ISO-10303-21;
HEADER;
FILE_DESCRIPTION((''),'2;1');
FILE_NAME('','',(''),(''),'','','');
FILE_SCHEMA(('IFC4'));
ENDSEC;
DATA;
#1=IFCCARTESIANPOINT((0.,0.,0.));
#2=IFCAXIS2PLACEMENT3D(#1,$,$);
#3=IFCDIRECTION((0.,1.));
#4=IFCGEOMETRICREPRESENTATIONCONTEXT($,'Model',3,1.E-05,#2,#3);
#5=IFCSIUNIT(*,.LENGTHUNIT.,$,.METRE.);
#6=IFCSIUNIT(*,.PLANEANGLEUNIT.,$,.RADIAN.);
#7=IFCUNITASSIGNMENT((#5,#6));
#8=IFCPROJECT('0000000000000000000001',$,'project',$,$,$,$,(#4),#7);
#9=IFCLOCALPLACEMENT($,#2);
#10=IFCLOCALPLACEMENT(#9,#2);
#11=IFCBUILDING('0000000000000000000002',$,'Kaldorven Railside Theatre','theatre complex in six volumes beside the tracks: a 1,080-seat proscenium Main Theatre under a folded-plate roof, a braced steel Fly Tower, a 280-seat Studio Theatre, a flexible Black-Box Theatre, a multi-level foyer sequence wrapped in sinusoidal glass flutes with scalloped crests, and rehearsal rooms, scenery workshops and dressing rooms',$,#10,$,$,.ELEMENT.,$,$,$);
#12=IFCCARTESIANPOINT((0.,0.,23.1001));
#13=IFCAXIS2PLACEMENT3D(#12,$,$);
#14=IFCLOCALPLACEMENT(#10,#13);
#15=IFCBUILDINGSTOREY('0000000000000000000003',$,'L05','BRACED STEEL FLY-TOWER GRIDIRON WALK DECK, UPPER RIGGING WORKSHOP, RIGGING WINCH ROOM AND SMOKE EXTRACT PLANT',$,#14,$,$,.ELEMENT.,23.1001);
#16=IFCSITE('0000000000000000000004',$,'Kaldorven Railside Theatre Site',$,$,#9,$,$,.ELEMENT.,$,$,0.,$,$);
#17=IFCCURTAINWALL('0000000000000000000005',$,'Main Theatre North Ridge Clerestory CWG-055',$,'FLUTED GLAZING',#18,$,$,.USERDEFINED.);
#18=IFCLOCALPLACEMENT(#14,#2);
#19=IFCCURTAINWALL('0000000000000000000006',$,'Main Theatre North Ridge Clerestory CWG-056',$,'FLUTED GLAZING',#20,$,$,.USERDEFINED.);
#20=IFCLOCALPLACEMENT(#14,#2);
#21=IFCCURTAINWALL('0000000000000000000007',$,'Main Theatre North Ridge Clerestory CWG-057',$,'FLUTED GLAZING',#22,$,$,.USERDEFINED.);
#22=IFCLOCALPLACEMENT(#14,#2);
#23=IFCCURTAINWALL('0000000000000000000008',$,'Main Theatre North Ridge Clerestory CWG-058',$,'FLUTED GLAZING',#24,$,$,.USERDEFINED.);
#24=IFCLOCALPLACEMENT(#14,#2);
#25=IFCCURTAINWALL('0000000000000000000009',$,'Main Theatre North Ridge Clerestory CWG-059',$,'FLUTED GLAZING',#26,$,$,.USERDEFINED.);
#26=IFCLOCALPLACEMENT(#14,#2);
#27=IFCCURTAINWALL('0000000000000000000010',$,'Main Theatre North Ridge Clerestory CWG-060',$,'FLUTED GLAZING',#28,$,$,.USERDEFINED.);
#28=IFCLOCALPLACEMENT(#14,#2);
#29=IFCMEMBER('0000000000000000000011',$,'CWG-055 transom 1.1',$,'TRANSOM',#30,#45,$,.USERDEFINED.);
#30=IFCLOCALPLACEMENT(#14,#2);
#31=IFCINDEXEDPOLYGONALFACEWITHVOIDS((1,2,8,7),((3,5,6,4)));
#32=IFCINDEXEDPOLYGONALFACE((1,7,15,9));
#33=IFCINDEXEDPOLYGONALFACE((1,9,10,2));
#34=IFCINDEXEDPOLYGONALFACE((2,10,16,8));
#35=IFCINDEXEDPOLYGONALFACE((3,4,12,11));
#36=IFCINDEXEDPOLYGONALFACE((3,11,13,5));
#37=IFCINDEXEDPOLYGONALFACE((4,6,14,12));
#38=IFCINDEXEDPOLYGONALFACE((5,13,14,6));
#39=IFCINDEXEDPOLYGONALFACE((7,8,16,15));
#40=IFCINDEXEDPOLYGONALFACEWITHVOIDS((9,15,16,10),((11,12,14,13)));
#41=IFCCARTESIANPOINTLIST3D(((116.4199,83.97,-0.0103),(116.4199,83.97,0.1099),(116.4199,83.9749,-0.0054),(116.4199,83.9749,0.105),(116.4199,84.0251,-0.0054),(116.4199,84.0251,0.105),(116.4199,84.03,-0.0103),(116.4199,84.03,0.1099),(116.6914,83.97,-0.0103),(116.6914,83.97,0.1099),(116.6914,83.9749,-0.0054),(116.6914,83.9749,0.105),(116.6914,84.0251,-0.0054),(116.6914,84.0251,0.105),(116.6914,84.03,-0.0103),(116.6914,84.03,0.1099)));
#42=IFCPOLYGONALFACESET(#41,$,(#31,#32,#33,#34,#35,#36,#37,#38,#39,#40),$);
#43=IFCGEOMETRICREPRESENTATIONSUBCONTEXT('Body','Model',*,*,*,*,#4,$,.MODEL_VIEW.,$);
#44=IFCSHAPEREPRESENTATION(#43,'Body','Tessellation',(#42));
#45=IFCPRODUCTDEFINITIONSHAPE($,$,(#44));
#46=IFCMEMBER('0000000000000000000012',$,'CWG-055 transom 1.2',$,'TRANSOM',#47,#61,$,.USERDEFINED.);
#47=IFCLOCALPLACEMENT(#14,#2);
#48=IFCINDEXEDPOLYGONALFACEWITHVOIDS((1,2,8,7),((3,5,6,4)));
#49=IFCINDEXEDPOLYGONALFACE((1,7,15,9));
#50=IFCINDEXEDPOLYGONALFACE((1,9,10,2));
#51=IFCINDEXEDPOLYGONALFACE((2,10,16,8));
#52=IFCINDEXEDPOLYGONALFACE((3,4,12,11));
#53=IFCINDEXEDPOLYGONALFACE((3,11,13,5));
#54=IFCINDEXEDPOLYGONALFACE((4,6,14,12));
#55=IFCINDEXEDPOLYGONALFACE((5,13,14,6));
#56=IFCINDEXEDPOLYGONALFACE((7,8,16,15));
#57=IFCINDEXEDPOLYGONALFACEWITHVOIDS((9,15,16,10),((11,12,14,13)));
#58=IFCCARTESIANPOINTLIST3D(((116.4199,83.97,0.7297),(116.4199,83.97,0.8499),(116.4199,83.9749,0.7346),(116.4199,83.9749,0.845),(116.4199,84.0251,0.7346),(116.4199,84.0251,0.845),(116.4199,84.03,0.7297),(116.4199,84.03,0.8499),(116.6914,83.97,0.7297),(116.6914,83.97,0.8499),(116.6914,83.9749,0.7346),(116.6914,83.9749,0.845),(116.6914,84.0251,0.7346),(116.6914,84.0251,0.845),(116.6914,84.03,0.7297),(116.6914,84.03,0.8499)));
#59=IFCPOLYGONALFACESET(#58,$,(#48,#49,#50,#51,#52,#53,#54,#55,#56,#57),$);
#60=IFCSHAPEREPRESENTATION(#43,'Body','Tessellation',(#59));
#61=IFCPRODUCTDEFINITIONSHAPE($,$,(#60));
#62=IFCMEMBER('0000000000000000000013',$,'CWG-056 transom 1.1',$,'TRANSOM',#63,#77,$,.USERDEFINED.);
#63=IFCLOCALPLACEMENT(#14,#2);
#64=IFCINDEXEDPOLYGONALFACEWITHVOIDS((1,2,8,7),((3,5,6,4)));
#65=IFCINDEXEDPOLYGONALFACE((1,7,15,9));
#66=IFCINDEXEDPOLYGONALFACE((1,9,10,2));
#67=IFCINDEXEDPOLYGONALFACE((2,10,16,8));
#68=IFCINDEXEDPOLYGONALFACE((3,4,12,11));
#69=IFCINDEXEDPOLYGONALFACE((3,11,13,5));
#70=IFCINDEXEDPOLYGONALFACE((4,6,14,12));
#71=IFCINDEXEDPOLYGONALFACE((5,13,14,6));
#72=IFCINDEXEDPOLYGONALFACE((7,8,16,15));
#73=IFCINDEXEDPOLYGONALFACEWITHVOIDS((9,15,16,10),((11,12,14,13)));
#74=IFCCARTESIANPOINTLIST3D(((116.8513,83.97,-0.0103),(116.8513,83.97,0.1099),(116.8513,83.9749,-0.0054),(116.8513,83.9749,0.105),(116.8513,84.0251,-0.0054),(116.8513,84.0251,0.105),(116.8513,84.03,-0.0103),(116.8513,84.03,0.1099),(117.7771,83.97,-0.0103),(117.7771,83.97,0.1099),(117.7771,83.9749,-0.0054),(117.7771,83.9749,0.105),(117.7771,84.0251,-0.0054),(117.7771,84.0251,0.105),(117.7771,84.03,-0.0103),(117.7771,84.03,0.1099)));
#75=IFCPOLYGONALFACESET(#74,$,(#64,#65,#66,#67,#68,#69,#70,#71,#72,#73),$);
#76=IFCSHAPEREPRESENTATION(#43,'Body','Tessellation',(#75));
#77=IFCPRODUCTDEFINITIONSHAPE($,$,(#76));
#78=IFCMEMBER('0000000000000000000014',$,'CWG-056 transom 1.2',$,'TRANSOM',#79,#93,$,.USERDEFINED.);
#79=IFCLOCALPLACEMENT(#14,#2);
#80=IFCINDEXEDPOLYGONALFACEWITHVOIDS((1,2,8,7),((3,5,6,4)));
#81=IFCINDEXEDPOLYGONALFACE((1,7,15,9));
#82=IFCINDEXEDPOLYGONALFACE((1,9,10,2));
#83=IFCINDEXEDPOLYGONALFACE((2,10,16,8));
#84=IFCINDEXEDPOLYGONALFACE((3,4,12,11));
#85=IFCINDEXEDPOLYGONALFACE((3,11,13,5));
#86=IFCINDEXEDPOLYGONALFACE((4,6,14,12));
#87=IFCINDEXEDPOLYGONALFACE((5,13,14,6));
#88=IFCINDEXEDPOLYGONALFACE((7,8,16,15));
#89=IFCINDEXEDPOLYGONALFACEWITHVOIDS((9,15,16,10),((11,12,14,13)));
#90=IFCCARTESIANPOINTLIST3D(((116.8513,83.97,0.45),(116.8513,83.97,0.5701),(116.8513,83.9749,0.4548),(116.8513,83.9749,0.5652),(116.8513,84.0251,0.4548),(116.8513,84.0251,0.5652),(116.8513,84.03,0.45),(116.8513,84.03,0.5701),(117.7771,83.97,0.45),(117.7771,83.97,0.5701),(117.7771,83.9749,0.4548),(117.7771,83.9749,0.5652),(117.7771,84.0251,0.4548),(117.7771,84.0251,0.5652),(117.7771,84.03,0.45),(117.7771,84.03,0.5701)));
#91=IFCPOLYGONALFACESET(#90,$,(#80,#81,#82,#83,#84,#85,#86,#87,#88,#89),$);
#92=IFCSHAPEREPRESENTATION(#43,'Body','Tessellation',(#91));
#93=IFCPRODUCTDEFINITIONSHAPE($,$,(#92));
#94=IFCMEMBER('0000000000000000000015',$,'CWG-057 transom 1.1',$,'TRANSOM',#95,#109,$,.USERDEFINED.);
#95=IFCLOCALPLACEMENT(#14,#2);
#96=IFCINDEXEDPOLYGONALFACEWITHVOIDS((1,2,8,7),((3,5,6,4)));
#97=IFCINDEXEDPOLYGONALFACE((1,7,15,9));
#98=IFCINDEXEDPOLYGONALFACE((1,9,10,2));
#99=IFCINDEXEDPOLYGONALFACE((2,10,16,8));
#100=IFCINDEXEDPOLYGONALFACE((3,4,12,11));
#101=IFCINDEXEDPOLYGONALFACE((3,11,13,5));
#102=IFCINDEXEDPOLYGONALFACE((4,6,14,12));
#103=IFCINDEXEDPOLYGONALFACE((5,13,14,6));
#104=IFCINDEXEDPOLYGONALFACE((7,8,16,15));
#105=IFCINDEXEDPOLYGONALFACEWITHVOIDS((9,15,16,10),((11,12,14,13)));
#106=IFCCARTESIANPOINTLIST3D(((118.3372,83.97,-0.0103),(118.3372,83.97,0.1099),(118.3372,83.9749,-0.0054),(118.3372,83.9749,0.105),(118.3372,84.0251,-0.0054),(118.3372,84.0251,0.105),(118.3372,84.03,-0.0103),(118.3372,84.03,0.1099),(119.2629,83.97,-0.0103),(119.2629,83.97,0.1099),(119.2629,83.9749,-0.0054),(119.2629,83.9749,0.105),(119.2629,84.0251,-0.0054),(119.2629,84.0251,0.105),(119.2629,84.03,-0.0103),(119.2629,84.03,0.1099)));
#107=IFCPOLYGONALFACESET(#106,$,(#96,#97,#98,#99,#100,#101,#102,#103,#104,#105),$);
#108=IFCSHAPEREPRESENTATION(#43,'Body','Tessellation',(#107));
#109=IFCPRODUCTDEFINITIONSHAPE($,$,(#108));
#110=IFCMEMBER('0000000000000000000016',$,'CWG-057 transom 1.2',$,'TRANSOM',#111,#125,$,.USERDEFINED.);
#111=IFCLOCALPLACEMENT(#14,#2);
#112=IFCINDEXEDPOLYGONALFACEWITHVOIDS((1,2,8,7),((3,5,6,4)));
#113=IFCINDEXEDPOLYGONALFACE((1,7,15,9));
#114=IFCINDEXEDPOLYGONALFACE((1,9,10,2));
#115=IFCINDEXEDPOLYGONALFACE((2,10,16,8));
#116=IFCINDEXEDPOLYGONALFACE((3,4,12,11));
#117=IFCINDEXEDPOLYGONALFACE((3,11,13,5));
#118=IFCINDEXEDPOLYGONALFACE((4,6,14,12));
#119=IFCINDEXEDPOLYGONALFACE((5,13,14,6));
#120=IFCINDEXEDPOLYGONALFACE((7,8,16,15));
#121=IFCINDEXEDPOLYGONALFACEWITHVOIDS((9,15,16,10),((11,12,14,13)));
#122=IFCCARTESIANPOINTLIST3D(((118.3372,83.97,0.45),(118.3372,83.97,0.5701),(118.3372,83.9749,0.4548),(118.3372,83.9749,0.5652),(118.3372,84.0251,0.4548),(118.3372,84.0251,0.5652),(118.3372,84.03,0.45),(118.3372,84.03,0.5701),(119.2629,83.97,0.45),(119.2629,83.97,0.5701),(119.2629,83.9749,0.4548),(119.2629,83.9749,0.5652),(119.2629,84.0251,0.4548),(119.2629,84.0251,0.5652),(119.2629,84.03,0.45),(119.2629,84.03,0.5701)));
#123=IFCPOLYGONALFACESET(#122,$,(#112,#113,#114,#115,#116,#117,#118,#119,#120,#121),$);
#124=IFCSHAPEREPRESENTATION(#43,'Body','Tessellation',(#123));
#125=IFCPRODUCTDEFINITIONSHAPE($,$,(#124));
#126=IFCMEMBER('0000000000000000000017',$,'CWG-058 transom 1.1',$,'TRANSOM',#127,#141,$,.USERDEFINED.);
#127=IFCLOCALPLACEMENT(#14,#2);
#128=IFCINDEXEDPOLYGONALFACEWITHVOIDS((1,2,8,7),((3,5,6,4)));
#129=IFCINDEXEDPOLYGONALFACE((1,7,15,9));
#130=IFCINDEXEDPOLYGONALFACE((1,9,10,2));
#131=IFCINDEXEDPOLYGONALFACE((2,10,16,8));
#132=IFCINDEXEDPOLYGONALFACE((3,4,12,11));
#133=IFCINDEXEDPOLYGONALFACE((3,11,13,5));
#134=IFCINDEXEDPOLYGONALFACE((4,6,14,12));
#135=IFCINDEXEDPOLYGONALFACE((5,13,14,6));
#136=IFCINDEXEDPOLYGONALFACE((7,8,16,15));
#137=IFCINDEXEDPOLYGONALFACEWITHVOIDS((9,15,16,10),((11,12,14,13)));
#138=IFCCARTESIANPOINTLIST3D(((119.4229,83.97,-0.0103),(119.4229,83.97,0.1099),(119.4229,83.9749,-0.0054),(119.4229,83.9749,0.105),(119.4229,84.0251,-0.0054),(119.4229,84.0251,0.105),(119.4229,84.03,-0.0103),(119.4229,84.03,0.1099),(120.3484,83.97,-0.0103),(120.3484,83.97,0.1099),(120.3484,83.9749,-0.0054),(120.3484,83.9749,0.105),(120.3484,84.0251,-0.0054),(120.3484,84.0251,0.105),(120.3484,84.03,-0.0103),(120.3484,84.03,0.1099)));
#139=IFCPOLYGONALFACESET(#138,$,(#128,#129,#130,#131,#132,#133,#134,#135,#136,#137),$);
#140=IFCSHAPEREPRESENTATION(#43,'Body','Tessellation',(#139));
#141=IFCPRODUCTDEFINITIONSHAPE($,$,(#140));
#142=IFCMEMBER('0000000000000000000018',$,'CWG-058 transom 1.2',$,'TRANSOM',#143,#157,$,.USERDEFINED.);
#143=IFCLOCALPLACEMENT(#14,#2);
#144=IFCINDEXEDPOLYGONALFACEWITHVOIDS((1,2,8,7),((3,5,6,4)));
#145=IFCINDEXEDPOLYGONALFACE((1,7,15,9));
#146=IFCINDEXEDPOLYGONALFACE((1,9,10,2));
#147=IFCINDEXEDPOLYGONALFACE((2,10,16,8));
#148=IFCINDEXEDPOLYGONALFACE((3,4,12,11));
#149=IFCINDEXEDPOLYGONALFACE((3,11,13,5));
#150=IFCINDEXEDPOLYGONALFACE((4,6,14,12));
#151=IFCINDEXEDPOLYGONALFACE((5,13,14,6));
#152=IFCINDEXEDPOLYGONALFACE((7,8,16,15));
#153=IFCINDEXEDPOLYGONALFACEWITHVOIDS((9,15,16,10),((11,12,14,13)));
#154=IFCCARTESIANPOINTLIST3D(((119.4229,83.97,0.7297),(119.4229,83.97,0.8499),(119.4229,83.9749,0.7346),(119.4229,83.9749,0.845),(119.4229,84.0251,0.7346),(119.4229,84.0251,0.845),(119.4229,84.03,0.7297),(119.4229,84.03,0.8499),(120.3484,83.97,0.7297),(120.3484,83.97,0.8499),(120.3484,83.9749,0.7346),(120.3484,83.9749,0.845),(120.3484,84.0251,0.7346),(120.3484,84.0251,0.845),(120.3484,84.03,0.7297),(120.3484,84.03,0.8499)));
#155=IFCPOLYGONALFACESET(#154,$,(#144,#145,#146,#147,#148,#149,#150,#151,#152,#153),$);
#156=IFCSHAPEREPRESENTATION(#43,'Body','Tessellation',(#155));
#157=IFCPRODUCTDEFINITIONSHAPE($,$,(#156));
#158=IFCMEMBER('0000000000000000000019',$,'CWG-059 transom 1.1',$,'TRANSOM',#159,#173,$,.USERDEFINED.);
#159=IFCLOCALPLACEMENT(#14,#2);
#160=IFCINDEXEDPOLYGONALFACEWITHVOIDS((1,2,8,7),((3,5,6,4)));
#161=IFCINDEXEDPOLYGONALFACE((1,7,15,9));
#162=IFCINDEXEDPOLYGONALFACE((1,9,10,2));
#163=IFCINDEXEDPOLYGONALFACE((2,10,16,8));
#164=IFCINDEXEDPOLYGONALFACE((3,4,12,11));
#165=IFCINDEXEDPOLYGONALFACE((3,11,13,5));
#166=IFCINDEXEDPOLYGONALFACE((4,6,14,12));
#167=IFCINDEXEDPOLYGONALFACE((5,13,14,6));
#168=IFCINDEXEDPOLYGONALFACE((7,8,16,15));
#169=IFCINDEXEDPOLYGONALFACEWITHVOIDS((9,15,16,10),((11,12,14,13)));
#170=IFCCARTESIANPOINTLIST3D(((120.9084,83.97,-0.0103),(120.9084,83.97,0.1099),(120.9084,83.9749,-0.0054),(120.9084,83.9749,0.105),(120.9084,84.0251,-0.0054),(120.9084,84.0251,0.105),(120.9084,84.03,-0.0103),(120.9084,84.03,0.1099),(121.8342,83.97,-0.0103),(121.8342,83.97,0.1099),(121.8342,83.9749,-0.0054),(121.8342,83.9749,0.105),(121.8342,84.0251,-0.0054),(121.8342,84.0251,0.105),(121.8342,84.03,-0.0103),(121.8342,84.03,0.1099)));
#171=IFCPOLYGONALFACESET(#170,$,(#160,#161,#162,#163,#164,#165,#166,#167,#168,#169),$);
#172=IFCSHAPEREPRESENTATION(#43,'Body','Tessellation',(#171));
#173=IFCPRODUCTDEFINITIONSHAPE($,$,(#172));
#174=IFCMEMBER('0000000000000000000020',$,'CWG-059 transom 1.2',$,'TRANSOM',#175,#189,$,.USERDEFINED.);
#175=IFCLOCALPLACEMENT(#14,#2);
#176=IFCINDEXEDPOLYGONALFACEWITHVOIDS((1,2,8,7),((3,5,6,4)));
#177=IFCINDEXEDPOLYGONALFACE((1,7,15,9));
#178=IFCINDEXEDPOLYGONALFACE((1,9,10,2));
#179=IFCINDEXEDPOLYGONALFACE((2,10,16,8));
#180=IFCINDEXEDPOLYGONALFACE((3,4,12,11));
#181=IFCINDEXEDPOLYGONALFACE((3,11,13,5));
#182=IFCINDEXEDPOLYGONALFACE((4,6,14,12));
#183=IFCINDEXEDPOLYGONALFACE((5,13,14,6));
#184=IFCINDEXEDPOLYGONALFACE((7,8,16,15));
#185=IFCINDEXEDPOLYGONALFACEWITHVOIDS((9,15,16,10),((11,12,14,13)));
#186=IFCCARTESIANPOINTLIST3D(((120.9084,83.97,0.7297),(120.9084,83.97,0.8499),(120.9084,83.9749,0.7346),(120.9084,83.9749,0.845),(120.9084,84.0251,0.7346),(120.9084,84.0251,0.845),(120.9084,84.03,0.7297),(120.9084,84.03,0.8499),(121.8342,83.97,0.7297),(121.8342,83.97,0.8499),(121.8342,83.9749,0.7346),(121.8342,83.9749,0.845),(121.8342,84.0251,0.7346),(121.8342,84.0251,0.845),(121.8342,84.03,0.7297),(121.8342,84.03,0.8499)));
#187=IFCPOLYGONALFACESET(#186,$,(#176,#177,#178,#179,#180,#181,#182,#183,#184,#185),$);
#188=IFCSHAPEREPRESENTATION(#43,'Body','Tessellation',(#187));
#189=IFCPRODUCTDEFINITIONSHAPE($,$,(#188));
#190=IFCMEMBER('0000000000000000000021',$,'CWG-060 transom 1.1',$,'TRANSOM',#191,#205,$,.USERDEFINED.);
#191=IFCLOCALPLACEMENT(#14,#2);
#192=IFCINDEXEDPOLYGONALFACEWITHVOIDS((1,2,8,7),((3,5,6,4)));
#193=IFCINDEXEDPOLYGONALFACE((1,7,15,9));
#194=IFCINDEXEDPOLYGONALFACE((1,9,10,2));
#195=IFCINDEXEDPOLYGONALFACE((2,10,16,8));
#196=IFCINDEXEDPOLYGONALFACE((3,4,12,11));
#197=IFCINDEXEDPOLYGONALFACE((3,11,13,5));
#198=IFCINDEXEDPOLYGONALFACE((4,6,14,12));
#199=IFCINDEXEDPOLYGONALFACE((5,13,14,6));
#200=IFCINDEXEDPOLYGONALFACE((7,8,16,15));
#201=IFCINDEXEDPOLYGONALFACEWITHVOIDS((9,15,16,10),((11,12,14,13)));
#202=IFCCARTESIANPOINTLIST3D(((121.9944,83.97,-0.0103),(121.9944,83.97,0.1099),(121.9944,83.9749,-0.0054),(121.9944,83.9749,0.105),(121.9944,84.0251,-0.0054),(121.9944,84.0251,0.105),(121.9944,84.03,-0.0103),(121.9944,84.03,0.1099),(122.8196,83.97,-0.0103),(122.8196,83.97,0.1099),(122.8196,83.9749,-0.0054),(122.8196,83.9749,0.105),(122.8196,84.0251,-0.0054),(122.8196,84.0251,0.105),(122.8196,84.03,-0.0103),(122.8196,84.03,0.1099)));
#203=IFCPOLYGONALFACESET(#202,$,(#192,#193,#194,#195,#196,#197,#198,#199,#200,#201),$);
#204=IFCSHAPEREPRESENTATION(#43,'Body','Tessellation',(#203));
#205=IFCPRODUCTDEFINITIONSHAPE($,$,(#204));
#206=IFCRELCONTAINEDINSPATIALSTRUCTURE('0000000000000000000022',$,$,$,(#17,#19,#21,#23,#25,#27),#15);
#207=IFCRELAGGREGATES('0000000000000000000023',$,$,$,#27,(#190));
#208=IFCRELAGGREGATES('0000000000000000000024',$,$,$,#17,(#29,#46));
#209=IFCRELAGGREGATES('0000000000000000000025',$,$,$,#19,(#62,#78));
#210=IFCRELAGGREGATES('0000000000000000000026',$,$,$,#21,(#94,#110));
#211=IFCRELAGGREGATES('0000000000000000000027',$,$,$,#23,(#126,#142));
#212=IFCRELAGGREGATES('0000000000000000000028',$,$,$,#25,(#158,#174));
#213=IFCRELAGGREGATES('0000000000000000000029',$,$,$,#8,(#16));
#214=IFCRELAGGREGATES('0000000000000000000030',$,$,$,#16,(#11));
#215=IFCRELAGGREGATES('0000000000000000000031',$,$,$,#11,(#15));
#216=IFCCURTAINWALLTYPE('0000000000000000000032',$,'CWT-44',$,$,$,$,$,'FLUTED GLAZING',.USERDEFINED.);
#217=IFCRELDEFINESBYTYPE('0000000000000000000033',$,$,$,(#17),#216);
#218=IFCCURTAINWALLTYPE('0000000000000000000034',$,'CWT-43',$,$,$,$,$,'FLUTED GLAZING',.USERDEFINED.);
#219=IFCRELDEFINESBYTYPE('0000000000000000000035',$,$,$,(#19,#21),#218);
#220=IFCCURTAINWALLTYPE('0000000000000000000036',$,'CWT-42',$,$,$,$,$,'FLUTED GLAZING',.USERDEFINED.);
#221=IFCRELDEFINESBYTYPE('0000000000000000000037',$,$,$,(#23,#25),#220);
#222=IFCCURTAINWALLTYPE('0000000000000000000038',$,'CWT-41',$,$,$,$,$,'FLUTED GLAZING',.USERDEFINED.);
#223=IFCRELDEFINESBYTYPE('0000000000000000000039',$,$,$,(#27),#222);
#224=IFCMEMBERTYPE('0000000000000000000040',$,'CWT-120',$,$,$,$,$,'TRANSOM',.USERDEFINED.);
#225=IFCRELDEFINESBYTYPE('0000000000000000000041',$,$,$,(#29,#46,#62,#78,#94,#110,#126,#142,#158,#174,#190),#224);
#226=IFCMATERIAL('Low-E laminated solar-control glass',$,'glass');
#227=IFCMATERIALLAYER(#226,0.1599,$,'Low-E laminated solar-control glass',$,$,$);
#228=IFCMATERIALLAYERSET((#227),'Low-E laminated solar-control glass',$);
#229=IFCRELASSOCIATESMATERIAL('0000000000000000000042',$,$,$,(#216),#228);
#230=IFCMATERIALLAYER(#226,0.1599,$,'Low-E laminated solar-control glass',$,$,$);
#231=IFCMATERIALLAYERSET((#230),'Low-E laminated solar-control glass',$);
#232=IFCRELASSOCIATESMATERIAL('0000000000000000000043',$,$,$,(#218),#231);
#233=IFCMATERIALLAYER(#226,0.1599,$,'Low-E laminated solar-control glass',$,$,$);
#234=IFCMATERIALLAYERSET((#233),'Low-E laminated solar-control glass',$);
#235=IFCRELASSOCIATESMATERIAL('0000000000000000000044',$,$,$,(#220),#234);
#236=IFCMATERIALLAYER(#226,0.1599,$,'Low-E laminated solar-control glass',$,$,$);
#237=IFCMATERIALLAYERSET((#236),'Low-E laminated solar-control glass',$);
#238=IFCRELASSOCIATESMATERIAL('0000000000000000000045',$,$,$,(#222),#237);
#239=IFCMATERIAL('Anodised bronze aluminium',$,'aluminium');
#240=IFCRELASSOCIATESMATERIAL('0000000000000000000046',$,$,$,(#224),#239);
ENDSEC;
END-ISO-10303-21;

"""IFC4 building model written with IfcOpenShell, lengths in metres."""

from ifc_helpers import new_model, si_unit, direction, frame, origin, origin_2d, place, context, subcontext, project, spatial, hollow_rectangle, extrude, material, layer, layer_set, material_profile, profile_set, type_object, element, aggregate, save


model = new_model("IFC4")

# Units and contexts
model_context = context("Model", 3, precision=1e-05, world=origin(), true_north=direction((0.0, 1.0)))
body_context = subcontext(model_context, "Body", "Model", "MODEL_VIEW")
ifc_project = project(units=[si_unit("LENGTHUNIT", "METRE"), si_unit("PLANEANGLEUNIT", "RADIAN")], contexts=[model_context])

# Site, building, storey
site_placement = place(None, origin())
site = spatial("IfcSite", under=ifc_project, at=site_placement, Name="Kaldorven Railside Theatre Site", CompositionType="ELEMENT", RefElevation=0.0)
building_placement = place(site_placement, origin())
building = spatial("IfcBuilding", under=site, at=building_placement, Name="Kaldorven Railside Theatre", Description="theatre complex in six volumes beside the tracks: a 1,080-seat proscenium Main Theatre under a folded-plate roof, a braced steel Fly Tower, a 280-seat Studio Theatre, a flexible Black-Box Theatre, a multi-level foyer sequence wrapped in sinusoidal glass flutes with scalloped crests, and rehearsal rooms, scenery workshops and dressing rooms", CompositionType="ELEMENT")
storey_placement = place(building_placement, frame((0.0, 0.0, 23.1001)))
storey = spatial("IfcBuildingStorey", under=building, at=storey_placement, Name="L05", Description="BRACED STEEL FLY-TOWER GRIDIRON WALK DECK, UPPER RIGGING WORKSHOP, RIGGING WINCH ROOM AND SMOKE EXTRACT PLANT", CompositionType="ELEMENT", Elevation=23.1001)

# Curtain walls
ifc_material_1 = material(Name="Low-E laminated solar-control glass", Category="glass")
ifc_layer_1 = layer(ifc_material_1, 0.1599, Name="Low-E laminated solar-control glass")
ifc_layer_set_1 = layer_set([ifc_layer_1], Name="Low-E laminated solar-control glass")
curtain_wall_type_1 = type_object("IfcCurtainWallType", Name="CWT-44", ElementType="FLUTED GLAZING", PredefinedType="USERDEFINED", material=ifc_layer_set_1)
curtain_wall_1_placement = place(storey_placement, origin())
curtain_wall_1 = element("IfcCurtainWall", 1, at=curtain_wall_1_placement, inside=storey, type_object=curtain_wall_type_1, Name="Main Theatre North Ridge Clerestory CWG-055", ObjectType="FLUTED GLAZING", PredefinedType="USERDEFINED")
ifc_material_2 = material(Name="Anodised bronze aluminium", Category="aluminium")
ifc_layer_2 = layer(ifc_material_1, 0.1599, Name="Low-E laminated solar-control glass")
ifc_layer_set_2 = layer_set([ifc_layer_2], Name="Low-E laminated solar-control glass")
curtain_wall_type_2 = type_object("IfcCurtainWallType", Name="CWT-43", ElementType="FLUTED GLAZING", PredefinedType="USERDEFINED", material=ifc_layer_set_2)
curtain_wall_2_placement = place(storey_placement, origin())
curtain_wall_2 = element("IfcCurtainWall", 2, at=curtain_wall_2_placement, inside=storey, type_object=curtain_wall_type_2, Name="Main Theatre North Ridge Clerestory CWG-056", ObjectType="FLUTED GLAZING", PredefinedType="USERDEFINED")
curtain_wall_3_placement = place(storey_placement, origin())
curtain_wall_3 = element("IfcCurtainWall", 3, at=curtain_wall_3_placement, inside=storey, type_object=curtain_wall_type_2, Name="Main Theatre North Ridge Clerestory CWG-057", ObjectType="FLUTED GLAZING", PredefinedType="USERDEFINED")
ifc_layer_3 = layer(ifc_material_1, 0.1599, Name="Low-E laminated solar-control glass")
ifc_layer_set_3 = layer_set([ifc_layer_3], Name="Low-E laminated solar-control glass")
curtain_wall_type_3 = type_object("IfcCurtainWallType", Name="CWT-42", ElementType="FLUTED GLAZING", PredefinedType="USERDEFINED", material=ifc_layer_set_3)
curtain_wall_4_placement = place(storey_placement, origin())
curtain_wall_4 = element("IfcCurtainWall", 4, at=curtain_wall_4_placement, inside=storey, type_object=curtain_wall_type_3, Name="Main Theatre North Ridge Clerestory CWG-058", ObjectType="FLUTED GLAZING", PredefinedType="USERDEFINED")
curtain_wall_5_placement = place(storey_placement, origin())
curtain_wall_5 = element("IfcCurtainWall", 5, at=curtain_wall_5_placement, inside=storey, type_object=curtain_wall_type_3, Name="Main Theatre North Ridge Clerestory CWG-059", ObjectType="FLUTED GLAZING", PredefinedType="USERDEFINED")

# Curtain wall
ifc_layer_4 = layer(ifc_material_1, 0.1599, Name="Low-E laminated solar-control glass")
ifc_layer_set_4 = layer_set([ifc_layer_4], Name="Low-E laminated solar-control glass")
curtain_wall_type_4 = type_object("IfcCurtainWallType", Name="CWT-41", ElementType="FLUTED GLAZING", PredefinedType="USERDEFINED", material=ifc_layer_set_4)
curtain_wall_6_placement = place(storey_placement, origin())
curtain_wall_6 = element("IfcCurtainWall", 6, at=curtain_wall_6_placement, inside=storey, type_object=curtain_wall_type_4, Name="Main Theatre North Ridge Clerestory CWG-060", ObjectType="FLUTED GLAZING", PredefinedType="USERDEFINED")

# Members
ifc_material_profile_1 = material_profile(ifc_material_2, hollow_rectangle(XDim=0.0601, YDim=0.1201, WallThickness=0.0049, at=origin_2d()), Name="RHS 120x60x5")
ifc_profile_set_1 = profile_set([ifc_material_profile_1], Name="Anodised bronze aluminium")
member_type_1 = type_object("IfcMemberType", Name="CWT-120", ElementType="TRANSOM", PredefinedType="USERDEFINED", material=ifc_profile_set_1)
member_1_placement = place(storey_placement, frame((116.4199, 84.0, 0.0498), z_axis=(1.0, 0.0, 0.0), x_axis=(0.0, 1.0, 0.0)))
member_1 = element("IfcMember", 7, at=member_1_placement, type_object=member_type_1, Name="CWG-055 transom 1.1", ObjectType="TRANSOM", PredefinedType="USERDEFINED", context=body_context, shape_type="SweptSolid", body=[
    extrude(hollow_rectangle(XDim=0.0601, YDim=0.1201, WallThickness=0.0049, at=origin_2d()), origin(), (0.0, 0.0, 1.0), 0.2715),
])
member_2_placement = place(storey_placement, frame((116.4199, 84.0, 0.7898), z_axis=(1.0, 0.0, 0.0), x_axis=(0.0, 1.0, 0.0)))
member_2 = element("IfcMember", 8, at=member_2_placement, type_object=member_type_1, Name="CWG-055 transom 1.2", ObjectType="TRANSOM", PredefinedType="USERDEFINED", context=body_context, shape_type="SweptSolid", body=[
    extrude(hollow_rectangle(XDim=0.0601, YDim=0.1201, WallThickness=0.0049, at=origin_2d()), origin(), (0.0, 0.0, 1.0), 0.2715),
])
member_3_placement = place(storey_placement, frame((116.8513, 84.0, 0.0498), z_axis=(1.0, 0.0, 0.0), x_axis=(0.0, 1.0, 0.0)))
member_3 = element("IfcMember", 9, at=member_3_placement, type_object=member_type_1, Name="CWG-056 transom 1.1", ObjectType="TRANSOM", PredefinedType="USERDEFINED", context=body_context, shape_type="SweptSolid", body=[
    extrude(hollow_rectangle(XDim=0.0601, YDim=0.1201, WallThickness=0.0049, at=origin_2d()), origin(), (0.0, 0.0, 1.0), 0.9258),
])
member_4_placement = place(storey_placement, frame((116.8513, 84.0, 0.51), z_axis=(1.0, 0.0, 0.0), x_axis=(0.0, 1.0, 0.0)))
member_4 = element("IfcMember", 10, at=member_4_placement, type_object=member_type_1, Name="CWG-056 transom 1.2", ObjectType="TRANSOM", PredefinedType="USERDEFINED", context=body_context, shape_type="SweptSolid", body=[
    extrude(hollow_rectangle(XDim=0.0601, YDim=0.1201, WallThickness=0.0049, at=origin_2d()), origin(), (0.0, 0.0, 1.0), 0.9258),
])
member_5_placement = place(storey_placement, frame((118.3372, 84.0, 0.0498), z_axis=(1.0, 0.0, 0.0), x_axis=(0.0, 1.0, 0.0)))
member_5 = element("IfcMember", 11, at=member_5_placement, type_object=member_type_1, Name="CWG-057 transom 1.1", ObjectType="TRANSOM", PredefinedType="USERDEFINED", context=body_context, shape_type="SweptSolid", body=[
    extrude(hollow_rectangle(XDim=0.0601, YDim=0.1201, WallThickness=0.0049, at=origin_2d()), origin(), (0.0, 0.0, 1.0), 0.9258),
])
member_6_placement = place(storey_placement, frame((118.3372, 84.0, 0.51), z_axis=(1.0, 0.0, 0.0), x_axis=(0.0, 1.0, 0.0)))
member_6 = element("IfcMember", 12, at=member_6_placement, type_object=member_type_1, Name="CWG-057 transom 1.2", ObjectType="TRANSOM", PredefinedType="USERDEFINED", context=body_context, shape_type="SweptSolid", body=[
    extrude(hollow_rectangle(XDim=0.0601, YDim=0.1201, WallThickness=0.0049, at=origin_2d()), origin(), (0.0, 0.0, 1.0), 0.9258),
])
member_7_placement = place(storey_placement, frame((119.4229, 84.0, 0.0498), z_axis=(1.0, 0.0, 0.0), x_axis=(0.0, 1.0, 0.0)))
member_7 = element("IfcMember", 13, at=member_7_placement, type_object=member_type_1, Name="CWG-058 transom 1.1", ObjectType="TRANSOM", PredefinedType="USERDEFINED", context=body_context, shape_type="SweptSolid", body=[
    extrude(hollow_rectangle(XDim=0.0601, YDim=0.1201, WallThickness=0.0049, at=origin_2d()), origin(), (0.0, 0.0, 1.0), 0.9255),
])
member_8_placement = place(storey_placement, frame((119.4229, 84.0, 0.7898), z_axis=(1.0, 0.0, 0.0), x_axis=(0.0, 1.0, 0.0)))
member_8 = element("IfcMember", 14, at=member_8_placement, type_object=member_type_1, Name="CWG-058 transom 1.2", ObjectType="TRANSOM", PredefinedType="USERDEFINED", context=body_context, shape_type="SweptSolid", body=[
    extrude(hollow_rectangle(XDim=0.0601, YDim=0.1201, WallThickness=0.0049, at=origin_2d()), origin(), (0.0, 0.0, 1.0), 0.9255),
])
member_9_placement = place(storey_placement, frame((120.9084, 84.0, 0.0498), z_axis=(1.0, 0.0, 0.0), x_axis=(0.0, 1.0, 0.0)))
member_9 = element("IfcMember", 15, at=member_9_placement, type_object=member_type_1, Name="CWG-059 transom 1.1", ObjectType="TRANSOM", PredefinedType="USERDEFINED", context=body_context, shape_type="SweptSolid", body=[
    extrude(hollow_rectangle(XDim=0.0601, YDim=0.1201, WallThickness=0.0049, at=origin_2d()), origin(), (0.0, 0.0, 1.0), 0.9258),
])
member_10_placement = place(storey_placement, frame((120.9084, 84.0, 0.7898), z_axis=(1.0, 0.0, 0.0), x_axis=(0.0, 1.0, 0.0)))
member_10 = element("IfcMember", 16, at=member_10_placement, type_object=member_type_1, Name="CWG-059 transom 1.2", ObjectType="TRANSOM", PredefinedType="USERDEFINED", context=body_context, shape_type="SweptSolid", body=[
    extrude(hollow_rectangle(XDim=0.0601, YDim=0.1201, WallThickness=0.0049, at=origin_2d()), origin(), (0.0, 0.0, 1.0), 0.9258),
])
member_11_placement = place(storey_placement, frame((121.9944, 84.0, 0.0498), z_axis=(1.0, 0.0, 0.0), x_axis=(0.0, 1.0, 0.0)))
member_11 = element("IfcMember", 17, at=member_11_placement, type_object=member_type_1, Name="CWG-060 transom 1.1", ObjectType="TRANSOM", PredefinedType="USERDEFINED", context=body_context, shape_type="SweptSolid", body=[
    extrude(hollow_rectangle(XDim=0.0601, YDim=0.1201, WallThickness=0.0049, at=origin_2d()), origin(), (0.0, 0.0, 1.0), 0.8252),
])
aggregate(curtain_wall_6, [member_11])

aggregate(curtain_wall_1, [member_1, member_2])
aggregate(curtain_wall_2, [member_3, member_4])
aggregate(curtain_wall_3, [member_5, member_6])
aggregate(curtain_wall_4, [member_7, member_8])
aggregate(curtain_wall_5, [member_9, member_10])

save(model, "model.ifc")
